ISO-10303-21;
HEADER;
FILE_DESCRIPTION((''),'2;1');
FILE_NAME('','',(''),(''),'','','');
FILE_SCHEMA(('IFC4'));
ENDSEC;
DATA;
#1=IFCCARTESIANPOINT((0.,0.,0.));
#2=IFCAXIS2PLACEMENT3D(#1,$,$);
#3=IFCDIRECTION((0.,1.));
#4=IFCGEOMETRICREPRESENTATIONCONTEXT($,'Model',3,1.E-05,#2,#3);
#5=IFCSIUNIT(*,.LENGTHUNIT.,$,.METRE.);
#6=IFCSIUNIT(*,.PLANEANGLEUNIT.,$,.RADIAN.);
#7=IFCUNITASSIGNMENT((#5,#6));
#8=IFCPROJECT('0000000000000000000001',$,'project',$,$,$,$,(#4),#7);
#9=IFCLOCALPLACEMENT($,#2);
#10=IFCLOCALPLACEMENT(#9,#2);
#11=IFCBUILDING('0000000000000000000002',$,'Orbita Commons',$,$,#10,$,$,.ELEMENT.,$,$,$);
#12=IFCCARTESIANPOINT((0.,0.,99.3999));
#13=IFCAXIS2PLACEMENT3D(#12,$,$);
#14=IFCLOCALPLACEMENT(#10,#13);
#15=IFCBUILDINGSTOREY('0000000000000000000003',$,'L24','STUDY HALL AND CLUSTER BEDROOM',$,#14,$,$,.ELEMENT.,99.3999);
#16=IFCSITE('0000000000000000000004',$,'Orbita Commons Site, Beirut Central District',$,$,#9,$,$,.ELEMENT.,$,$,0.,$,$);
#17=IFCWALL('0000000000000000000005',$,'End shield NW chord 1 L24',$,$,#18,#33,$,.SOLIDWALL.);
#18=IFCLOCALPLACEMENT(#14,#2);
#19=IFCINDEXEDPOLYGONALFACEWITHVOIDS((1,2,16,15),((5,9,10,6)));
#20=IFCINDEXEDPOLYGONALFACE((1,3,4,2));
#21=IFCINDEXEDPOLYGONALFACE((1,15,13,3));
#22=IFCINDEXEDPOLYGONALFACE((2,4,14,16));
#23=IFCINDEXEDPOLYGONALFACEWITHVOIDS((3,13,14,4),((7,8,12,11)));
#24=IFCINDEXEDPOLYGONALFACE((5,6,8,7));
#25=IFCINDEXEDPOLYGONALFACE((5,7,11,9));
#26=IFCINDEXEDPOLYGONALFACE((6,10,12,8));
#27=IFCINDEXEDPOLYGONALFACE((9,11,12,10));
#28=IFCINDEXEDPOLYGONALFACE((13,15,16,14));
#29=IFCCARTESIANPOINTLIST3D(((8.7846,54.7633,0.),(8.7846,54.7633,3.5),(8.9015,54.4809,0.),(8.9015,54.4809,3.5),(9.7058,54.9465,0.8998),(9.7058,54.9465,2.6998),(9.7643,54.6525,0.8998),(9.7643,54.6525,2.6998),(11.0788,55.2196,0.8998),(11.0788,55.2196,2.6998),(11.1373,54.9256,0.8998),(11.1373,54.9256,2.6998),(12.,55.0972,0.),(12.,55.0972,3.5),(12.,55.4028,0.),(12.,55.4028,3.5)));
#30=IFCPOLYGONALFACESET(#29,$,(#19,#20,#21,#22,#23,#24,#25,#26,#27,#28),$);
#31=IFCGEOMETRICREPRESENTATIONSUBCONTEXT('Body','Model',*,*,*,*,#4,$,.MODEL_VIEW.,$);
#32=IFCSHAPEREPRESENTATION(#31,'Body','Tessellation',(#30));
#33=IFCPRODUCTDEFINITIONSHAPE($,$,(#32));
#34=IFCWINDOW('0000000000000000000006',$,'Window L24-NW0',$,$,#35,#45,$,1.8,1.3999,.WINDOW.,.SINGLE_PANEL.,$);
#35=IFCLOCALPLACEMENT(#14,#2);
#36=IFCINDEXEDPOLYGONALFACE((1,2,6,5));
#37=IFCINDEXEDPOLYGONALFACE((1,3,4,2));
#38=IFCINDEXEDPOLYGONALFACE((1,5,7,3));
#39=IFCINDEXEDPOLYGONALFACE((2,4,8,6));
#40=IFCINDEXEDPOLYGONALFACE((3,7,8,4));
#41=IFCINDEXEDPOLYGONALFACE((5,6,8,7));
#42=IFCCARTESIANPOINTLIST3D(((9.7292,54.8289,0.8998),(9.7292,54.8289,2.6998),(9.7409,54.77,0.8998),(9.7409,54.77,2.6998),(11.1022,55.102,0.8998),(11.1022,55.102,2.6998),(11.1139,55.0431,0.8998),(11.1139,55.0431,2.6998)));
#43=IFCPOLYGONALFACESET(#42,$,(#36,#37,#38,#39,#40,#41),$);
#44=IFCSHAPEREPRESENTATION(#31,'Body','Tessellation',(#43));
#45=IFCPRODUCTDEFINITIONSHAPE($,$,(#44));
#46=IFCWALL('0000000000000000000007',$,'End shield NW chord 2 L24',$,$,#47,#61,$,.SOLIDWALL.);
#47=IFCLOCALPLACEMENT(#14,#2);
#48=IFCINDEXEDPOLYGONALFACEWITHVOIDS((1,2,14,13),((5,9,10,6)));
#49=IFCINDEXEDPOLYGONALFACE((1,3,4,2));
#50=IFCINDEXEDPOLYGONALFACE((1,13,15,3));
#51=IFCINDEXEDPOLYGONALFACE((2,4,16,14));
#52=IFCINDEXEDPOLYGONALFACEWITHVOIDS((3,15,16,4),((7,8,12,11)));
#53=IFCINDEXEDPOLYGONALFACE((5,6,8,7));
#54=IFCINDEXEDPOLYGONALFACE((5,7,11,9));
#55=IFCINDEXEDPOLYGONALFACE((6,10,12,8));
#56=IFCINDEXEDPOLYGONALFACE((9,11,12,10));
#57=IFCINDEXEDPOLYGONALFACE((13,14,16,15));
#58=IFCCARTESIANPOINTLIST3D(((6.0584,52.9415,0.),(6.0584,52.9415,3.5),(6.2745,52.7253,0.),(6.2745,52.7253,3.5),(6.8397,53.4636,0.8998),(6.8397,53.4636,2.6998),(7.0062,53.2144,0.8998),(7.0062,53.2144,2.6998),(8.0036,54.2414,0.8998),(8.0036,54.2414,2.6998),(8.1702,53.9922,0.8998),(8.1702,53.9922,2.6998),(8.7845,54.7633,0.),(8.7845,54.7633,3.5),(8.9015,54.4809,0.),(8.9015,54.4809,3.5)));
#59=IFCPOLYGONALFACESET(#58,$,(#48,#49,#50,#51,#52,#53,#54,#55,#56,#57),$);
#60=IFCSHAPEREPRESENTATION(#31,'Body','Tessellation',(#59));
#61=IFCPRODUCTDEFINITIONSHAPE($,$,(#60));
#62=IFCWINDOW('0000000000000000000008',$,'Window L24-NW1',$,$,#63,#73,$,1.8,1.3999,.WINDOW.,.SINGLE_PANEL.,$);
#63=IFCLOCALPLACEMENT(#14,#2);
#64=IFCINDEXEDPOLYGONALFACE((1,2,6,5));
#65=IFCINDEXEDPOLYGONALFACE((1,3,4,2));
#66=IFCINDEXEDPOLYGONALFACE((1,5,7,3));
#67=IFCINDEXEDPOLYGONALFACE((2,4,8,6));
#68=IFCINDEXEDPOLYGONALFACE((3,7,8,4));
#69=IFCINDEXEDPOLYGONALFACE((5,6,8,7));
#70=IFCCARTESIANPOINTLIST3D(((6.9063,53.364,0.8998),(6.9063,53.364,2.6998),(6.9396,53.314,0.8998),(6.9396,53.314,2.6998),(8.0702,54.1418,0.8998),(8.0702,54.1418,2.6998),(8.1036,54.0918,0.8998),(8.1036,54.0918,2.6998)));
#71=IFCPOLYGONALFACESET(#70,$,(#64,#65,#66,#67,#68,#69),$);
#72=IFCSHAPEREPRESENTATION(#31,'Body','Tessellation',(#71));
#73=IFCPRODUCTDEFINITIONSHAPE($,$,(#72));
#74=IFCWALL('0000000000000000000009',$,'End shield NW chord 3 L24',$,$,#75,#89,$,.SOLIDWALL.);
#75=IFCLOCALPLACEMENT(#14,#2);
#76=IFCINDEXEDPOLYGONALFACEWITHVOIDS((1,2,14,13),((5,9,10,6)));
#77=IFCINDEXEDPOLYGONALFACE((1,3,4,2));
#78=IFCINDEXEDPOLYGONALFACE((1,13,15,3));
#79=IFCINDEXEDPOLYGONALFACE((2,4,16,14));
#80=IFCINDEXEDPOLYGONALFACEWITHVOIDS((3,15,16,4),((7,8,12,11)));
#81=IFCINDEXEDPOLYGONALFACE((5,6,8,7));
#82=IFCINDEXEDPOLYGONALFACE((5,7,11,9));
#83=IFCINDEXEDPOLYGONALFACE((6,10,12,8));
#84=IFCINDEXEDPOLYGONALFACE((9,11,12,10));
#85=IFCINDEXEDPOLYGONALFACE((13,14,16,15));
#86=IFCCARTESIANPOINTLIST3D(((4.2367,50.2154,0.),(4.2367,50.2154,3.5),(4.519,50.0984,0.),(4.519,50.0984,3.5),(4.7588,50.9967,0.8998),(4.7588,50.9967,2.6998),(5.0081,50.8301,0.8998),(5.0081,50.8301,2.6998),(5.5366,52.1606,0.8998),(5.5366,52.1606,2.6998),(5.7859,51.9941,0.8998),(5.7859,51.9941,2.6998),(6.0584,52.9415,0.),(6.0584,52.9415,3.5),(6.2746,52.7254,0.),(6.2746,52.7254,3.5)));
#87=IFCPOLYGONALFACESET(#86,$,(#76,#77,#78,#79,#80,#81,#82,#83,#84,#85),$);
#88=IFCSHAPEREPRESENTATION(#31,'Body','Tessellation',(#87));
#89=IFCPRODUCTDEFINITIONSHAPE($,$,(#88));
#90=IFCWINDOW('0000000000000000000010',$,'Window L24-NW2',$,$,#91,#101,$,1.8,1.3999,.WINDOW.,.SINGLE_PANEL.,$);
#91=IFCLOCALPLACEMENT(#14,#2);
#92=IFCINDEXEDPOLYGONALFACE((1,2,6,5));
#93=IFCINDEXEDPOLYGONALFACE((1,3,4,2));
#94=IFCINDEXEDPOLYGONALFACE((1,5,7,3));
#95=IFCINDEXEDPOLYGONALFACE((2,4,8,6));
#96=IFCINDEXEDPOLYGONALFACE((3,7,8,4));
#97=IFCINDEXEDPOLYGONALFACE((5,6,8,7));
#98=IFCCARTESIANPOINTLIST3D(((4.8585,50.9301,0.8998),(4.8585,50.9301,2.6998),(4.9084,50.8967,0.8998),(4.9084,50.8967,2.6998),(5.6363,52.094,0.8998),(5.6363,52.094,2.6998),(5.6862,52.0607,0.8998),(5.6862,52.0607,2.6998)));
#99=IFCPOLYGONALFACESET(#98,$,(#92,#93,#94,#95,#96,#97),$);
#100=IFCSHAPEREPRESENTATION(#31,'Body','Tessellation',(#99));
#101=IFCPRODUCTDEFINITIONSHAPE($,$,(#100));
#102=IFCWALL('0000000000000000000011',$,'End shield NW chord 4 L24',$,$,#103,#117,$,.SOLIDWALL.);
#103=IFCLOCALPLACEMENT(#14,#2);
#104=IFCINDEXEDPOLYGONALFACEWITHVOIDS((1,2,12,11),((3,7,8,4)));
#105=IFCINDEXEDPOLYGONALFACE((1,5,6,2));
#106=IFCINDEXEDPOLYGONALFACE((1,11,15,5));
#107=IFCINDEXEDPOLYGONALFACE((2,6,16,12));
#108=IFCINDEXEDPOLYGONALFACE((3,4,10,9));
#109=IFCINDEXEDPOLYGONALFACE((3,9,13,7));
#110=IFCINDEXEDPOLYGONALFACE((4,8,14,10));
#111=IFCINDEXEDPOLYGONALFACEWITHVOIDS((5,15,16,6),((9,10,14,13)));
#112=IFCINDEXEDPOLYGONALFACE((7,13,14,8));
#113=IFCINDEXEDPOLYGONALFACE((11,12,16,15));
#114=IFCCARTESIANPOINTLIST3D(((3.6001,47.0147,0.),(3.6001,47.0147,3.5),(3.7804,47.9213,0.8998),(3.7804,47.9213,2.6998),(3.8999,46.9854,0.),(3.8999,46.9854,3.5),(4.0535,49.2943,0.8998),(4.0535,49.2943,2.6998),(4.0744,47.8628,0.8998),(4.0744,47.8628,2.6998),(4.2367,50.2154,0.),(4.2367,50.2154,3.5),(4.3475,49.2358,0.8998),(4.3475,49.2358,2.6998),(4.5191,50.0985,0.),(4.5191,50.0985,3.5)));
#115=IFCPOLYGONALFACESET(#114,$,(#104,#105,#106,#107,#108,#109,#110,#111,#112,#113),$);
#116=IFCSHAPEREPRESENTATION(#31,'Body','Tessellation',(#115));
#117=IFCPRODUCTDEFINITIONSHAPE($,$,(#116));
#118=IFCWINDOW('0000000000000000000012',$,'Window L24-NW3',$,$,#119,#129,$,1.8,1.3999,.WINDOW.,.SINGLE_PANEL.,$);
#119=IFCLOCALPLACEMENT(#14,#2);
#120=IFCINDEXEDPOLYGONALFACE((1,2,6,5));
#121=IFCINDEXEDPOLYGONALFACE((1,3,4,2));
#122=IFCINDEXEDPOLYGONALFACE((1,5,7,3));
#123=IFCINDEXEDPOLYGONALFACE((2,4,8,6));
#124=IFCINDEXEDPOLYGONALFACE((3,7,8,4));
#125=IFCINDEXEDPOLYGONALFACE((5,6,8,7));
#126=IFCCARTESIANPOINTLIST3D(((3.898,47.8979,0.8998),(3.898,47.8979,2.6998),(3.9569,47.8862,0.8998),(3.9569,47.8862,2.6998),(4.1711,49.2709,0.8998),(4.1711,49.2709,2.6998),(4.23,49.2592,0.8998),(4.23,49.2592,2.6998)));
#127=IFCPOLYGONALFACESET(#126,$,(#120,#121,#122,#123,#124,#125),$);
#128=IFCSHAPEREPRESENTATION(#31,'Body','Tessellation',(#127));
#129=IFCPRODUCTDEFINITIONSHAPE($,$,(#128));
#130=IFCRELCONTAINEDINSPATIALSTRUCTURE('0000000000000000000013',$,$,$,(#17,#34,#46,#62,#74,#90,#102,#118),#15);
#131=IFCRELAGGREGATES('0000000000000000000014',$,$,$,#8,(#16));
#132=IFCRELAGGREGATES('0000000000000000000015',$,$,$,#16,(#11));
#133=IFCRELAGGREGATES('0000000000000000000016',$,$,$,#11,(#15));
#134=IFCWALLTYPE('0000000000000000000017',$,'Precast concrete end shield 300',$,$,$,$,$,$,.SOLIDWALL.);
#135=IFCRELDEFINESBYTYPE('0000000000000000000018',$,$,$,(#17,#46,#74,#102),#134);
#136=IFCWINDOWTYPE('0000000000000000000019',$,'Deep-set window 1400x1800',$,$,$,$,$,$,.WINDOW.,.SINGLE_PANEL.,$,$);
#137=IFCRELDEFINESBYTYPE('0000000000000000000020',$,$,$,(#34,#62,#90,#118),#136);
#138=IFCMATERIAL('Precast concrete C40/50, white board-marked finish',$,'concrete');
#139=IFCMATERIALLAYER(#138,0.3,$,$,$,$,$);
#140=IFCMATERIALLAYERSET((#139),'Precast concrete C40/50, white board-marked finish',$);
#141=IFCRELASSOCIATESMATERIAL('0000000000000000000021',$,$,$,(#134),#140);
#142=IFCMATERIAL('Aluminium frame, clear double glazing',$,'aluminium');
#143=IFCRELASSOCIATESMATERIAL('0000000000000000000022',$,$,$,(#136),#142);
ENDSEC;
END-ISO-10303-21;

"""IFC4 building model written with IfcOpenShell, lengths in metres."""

from ifc_helpers import new_model, si_unit, direction, frame, frame_2d, origin, place, context, subcontext, project, spatial, polyline, rectangle, outline, extrude, material, layer, layer_set, type_object, element, fill, save


model = new_model("IFC4")

# Units and contexts
model_context = context("Model", 3, precision=1e-05, world=origin(), true_north=direction((0.0, 1.0)))
body_context = subcontext(model_context, "Body", "Model", "MODEL_VIEW")
ifc_project = project(units=[si_unit("LENGTHUNIT", "METRE"), si_unit("PLANEANGLEUNIT", "RADIAN")], contexts=[model_context])

# Site, building, storey
site_placement = place(None, origin())
site = spatial("IfcSite", under=ifc_project, at=site_placement, Name="Orbita Commons Site, Beirut Central District", CompositionType="ELEMENT", RefElevation=0.0)
building_placement = place(site_placement, origin())
building = spatial("IfcBuilding", under=site, at=building_placement, Name="Orbita Commons", CompositionType="ELEMENT")
storey_placement = place(building_placement, frame((0.0, 0.0, 99.3999)))
storey = spatial("IfcBuildingStorey", under=building, at=storey_placement, Name="L24", Description="STUDY HALL AND CLUSTER BEDROOM", CompositionType="ELEMENT", Elevation=99.3999)

# Walls, openings, windows
ifc_material_1 = material(Name="Precast concrete C40/50, white board-marked finish", Category="concrete")
ifc_layer_1 = layer(ifc_material_1, 0.3)
ifc_layer_set_1 = layer_set([ifc_layer_1], Name="Precast concrete C40/50, white board-marked finish")
wall_type_1 = type_object("IfcWallType", Name="Precast concrete end shield 300", PredefinedType="SOLIDWALL", material=ifc_layer_set_1)
wall_1_placement = place(storey_placement, frame((12.0, 55.25, 0.0), z_axis=(0.0, 0.0, 1.0), x_axis=(-0.980787, -0.19508, 0.0)))
wall_1 = element("IfcWall", 1, at=wall_1_placement, inside=storey, type_object=wall_type_1, Name="End shield NW chord 1 L24", PredefinedType="SOLIDWALL", context=body_context, shape_type="SweptSolid", body=[
    extrude(outline(polyline([(-0.0298, -0.1499), (3.2485, -0.1499), (3.189, 0.1499), (0.0298, 0.1499), (-0.0298, -0.1499)])), origin(), (0.0, 0.0, 1.0), 3.5),
])
opening_1_placement = place(wall_1_placement, frame((0.9094, 0.0, 0.8999)))
opening_1 = element("IfcOpeningElement", 2, at=opening_1_placement, cuts=wall_1, PredefinedType="OPENING", context=body_context, shape_type="SweptSolid", body=[
    extrude(rectangle(XDim=1.3999, YDim=1.8, at=frame_2d((0.7, 0.8999))), frame((0.0, 0.1599, 0.0), z_axis=(0.0, -1.0, 0.0), x_axis=(1.0, 0.0, 0.0)), (0.0, 0.0, 1.0), 0.3201),
])
ifc_material_2 = material(Name="Aluminium frame, clear double glazing", Category="aluminium")
window_type = type_object("IfcWindowType", Name="Deep-set window 1400x1800", PartitioningType="SINGLE_PANEL", PredefinedType="WINDOW", material=ifc_material_2)
window_1_placement = place(opening_1_placement, origin())
window_1 = element("IfcWindow", 3, at=window_1_placement, inside=storey, type_object=window_type, Name="Window L24-NW0", OverallHeight=1.8, OverallWidth=1.3999, PartitioningType="SINGLE_PANEL", PredefinedType="WINDOW", context=body_context, shape_type="SweptSolid", body=[
    extrude(rectangle(XDim=1.3999, YDim=1.8, at=frame_2d((0.7, 0.8999))), frame((0.0, 0.03, 0.0), z_axis=(0.0, -1.0, 0.0), x_axis=(1.0, 0.0, 0.0)), (0.0, 0.0, 1.0), 0.0601),
])
fill(opening_1, window_1)
wall_2_placement = place(storey_placement, frame((8.843, 54.6221, 0.0), z_axis=(0.0, 0.0, 1.0), x_axis=(-0.831443, -0.55561, 0.0)))
wall_2 = element("IfcWall", 4, at=wall_2_placement, inside=storey, type_object=wall_type_1, Name="End shield NW chord 2 L24", PredefinedType="SOLIDWALL", context=body_context, shape_type="SweptSolid", body=[
    extrude(outline(polyline([(-0.0298, -0.1499), (3.249, -0.1499), (3.1895, 0.1499), (0.0298, 0.1499), (-0.0298, -0.1499)])), origin(), (0.0, 0.0, 1.0), 3.5),
])
opening_2_placement = place(wall_2_placement, frame((0.9094, 0.0, 0.8999)))
opening_2 = element("IfcOpeningElement", 5, at=opening_2_placement, cuts=wall_2, PredefinedType="OPENING", context=body_context, shape_type="SweptSolid", body=[
    extrude(rectangle(XDim=1.3999, YDim=1.8, at=frame_2d((0.7, 0.8999))), frame((0.0, 0.1599, 0.0), z_axis=(0.0, -1.0, 0.0), x_axis=(1.0, 0.0, 0.0)), (0.0, 0.0, 1.0), 0.3201),
])
window_2_placement = place(opening_2_placement, origin())
window_2 = element("IfcWindow", 6, at=window_2_placement, inside=storey, type_object=window_type, Name="Window L24-NW1", OverallHeight=1.8, OverallWidth=1.3999, PartitioningType="SINGLE_PANEL", PredefinedType="WINDOW", context=body_context, shape_type="SweptSolid", body=[
    extrude(rectangle(XDim=1.3999, YDim=1.8, at=frame_2d((0.7, 0.8999))), frame((0.0, 0.03, 0.0), z_axis=(0.0, -1.0, 0.0), x_axis=(1.0, 0.0, 0.0)), (0.0, 0.0, 1.0), 0.0601),
])
fill(opening_2, window_2)
wall_3_placement = place(storey_placement, frame((6.1665, 52.8335, 0.0), z_axis=(0.0, 0.0, 1.0), x_axis=(-0.55561, -0.831443, 0.0)))
wall_3 = element("IfcWall", 7, at=wall_3_placement, inside=storey, type_object=wall_type_1, Name="End shield NW chord 3 L24", PredefinedType="SOLIDWALL", context=body_context, shape_type="SweptSolid", body=[
    extrude(outline(polyline([(-0.0298, -0.1499), (3.249, -0.1499), (3.1895, 0.1499), (0.0298, 0.1499), (-0.0298, -0.1499)])), origin(), (0.0, 0.0, 1.0), 3.5),
])
opening_3_placement = place(wall_3_placement, frame((0.9094, 0.0, 0.8999)))
opening_3 = element("IfcOpeningElement", 8, at=opening_3_placement, cuts=wall_3, PredefinedType="OPENING", context=body_context, shape_type="SweptSolid", body=[
    extrude(rectangle(XDim=1.3999, YDim=1.8, at=frame_2d((0.7, 0.8999))), frame((0.0, 0.1599, 0.0), z_axis=(0.0, -1.0, 0.0), x_axis=(1.0, 0.0, 0.0)), (0.0, 0.0, 1.0), 0.3201),
])
window_3_placement = place(opening_3_placement, origin())
window_3 = element("IfcWindow", 9, at=window_3_placement, inside=storey, type_object=window_type, Name="Window L24-NW2", OverallHeight=1.8, OverallWidth=1.3999, PartitioningType="SINGLE_PANEL", PredefinedType="WINDOW", context=body_context, shape_type="SweptSolid", body=[
    extrude(rectangle(XDim=1.3999, YDim=1.8, at=frame_2d((0.7, 0.8999))), frame((0.0, 0.03, 0.0), z_axis=(0.0, -1.0, 0.0), x_axis=(1.0, 0.0, 0.0)), (0.0, 0.0, 1.0), 0.0601),
])
fill(opening_3, window_3)
wall_4_placement = place(storey_placement, frame((4.3779, 50.157, 0.0), z_axis=(0.0, 0.0, 1.0), x_axis=(-0.19508, -0.980787, 0.0)))
wall_4 = element("IfcWall", 10, at=wall_4_placement, inside=storey, type_object=wall_type_1, Name="End shield NW chord 4 L24", PredefinedType="SOLIDWALL", context=body_context, shape_type="SweptSolid", body=[
    extrude(outline(polyline([(-0.0298, -0.1499), (3.2336, -0.1499), (3.2039, 0.1499), (0.0298, 0.1499), (-0.0298, -0.1499)])), origin(), (0.0, 0.0, 1.0), 3.5),
])
opening_4_placement = place(wall_4_placement, frame((0.9094, 0.0, 0.8999)))
opening_4 = element("IfcOpeningElement", 11, at=opening_4_placement, cuts=wall_4, PredefinedType="OPENING", context=body_context, shape_type="SweptSolid", body=[
    extrude(rectangle(XDim=1.3999, YDim=1.8, at=frame_2d((0.7, 0.8999))), frame((0.0, 0.1599, 0.0), z_axis=(0.0, -1.0, 0.0), x_axis=(1.0, 0.0, 0.0)), (0.0, 0.0, 1.0), 0.3201),
])
window_4_placement = place(opening_4_placement, origin())
window_4 = element("IfcWindow", 12, at=window_4_placement, inside=storey, type_object=window_type, Name="Window L24-NW3", OverallHeight=1.8, OverallWidth=1.3999, PartitioningType="SINGLE_PANEL", PredefinedType="WINDOW", context=body_context, shape_type="SweptSolid", body=[
    extrude(rectangle(XDim=1.3999, YDim=1.8, at=frame_2d((0.7, 0.8999))), frame((0.0, 0.03, 0.0), z_axis=(0.0, -1.0, 0.0), x_axis=(1.0, 0.0, 0.0)), (0.0, 0.0, 1.0), 0.0601),
])
fill(opening_4, window_4)

save(model, "model.ifc")
